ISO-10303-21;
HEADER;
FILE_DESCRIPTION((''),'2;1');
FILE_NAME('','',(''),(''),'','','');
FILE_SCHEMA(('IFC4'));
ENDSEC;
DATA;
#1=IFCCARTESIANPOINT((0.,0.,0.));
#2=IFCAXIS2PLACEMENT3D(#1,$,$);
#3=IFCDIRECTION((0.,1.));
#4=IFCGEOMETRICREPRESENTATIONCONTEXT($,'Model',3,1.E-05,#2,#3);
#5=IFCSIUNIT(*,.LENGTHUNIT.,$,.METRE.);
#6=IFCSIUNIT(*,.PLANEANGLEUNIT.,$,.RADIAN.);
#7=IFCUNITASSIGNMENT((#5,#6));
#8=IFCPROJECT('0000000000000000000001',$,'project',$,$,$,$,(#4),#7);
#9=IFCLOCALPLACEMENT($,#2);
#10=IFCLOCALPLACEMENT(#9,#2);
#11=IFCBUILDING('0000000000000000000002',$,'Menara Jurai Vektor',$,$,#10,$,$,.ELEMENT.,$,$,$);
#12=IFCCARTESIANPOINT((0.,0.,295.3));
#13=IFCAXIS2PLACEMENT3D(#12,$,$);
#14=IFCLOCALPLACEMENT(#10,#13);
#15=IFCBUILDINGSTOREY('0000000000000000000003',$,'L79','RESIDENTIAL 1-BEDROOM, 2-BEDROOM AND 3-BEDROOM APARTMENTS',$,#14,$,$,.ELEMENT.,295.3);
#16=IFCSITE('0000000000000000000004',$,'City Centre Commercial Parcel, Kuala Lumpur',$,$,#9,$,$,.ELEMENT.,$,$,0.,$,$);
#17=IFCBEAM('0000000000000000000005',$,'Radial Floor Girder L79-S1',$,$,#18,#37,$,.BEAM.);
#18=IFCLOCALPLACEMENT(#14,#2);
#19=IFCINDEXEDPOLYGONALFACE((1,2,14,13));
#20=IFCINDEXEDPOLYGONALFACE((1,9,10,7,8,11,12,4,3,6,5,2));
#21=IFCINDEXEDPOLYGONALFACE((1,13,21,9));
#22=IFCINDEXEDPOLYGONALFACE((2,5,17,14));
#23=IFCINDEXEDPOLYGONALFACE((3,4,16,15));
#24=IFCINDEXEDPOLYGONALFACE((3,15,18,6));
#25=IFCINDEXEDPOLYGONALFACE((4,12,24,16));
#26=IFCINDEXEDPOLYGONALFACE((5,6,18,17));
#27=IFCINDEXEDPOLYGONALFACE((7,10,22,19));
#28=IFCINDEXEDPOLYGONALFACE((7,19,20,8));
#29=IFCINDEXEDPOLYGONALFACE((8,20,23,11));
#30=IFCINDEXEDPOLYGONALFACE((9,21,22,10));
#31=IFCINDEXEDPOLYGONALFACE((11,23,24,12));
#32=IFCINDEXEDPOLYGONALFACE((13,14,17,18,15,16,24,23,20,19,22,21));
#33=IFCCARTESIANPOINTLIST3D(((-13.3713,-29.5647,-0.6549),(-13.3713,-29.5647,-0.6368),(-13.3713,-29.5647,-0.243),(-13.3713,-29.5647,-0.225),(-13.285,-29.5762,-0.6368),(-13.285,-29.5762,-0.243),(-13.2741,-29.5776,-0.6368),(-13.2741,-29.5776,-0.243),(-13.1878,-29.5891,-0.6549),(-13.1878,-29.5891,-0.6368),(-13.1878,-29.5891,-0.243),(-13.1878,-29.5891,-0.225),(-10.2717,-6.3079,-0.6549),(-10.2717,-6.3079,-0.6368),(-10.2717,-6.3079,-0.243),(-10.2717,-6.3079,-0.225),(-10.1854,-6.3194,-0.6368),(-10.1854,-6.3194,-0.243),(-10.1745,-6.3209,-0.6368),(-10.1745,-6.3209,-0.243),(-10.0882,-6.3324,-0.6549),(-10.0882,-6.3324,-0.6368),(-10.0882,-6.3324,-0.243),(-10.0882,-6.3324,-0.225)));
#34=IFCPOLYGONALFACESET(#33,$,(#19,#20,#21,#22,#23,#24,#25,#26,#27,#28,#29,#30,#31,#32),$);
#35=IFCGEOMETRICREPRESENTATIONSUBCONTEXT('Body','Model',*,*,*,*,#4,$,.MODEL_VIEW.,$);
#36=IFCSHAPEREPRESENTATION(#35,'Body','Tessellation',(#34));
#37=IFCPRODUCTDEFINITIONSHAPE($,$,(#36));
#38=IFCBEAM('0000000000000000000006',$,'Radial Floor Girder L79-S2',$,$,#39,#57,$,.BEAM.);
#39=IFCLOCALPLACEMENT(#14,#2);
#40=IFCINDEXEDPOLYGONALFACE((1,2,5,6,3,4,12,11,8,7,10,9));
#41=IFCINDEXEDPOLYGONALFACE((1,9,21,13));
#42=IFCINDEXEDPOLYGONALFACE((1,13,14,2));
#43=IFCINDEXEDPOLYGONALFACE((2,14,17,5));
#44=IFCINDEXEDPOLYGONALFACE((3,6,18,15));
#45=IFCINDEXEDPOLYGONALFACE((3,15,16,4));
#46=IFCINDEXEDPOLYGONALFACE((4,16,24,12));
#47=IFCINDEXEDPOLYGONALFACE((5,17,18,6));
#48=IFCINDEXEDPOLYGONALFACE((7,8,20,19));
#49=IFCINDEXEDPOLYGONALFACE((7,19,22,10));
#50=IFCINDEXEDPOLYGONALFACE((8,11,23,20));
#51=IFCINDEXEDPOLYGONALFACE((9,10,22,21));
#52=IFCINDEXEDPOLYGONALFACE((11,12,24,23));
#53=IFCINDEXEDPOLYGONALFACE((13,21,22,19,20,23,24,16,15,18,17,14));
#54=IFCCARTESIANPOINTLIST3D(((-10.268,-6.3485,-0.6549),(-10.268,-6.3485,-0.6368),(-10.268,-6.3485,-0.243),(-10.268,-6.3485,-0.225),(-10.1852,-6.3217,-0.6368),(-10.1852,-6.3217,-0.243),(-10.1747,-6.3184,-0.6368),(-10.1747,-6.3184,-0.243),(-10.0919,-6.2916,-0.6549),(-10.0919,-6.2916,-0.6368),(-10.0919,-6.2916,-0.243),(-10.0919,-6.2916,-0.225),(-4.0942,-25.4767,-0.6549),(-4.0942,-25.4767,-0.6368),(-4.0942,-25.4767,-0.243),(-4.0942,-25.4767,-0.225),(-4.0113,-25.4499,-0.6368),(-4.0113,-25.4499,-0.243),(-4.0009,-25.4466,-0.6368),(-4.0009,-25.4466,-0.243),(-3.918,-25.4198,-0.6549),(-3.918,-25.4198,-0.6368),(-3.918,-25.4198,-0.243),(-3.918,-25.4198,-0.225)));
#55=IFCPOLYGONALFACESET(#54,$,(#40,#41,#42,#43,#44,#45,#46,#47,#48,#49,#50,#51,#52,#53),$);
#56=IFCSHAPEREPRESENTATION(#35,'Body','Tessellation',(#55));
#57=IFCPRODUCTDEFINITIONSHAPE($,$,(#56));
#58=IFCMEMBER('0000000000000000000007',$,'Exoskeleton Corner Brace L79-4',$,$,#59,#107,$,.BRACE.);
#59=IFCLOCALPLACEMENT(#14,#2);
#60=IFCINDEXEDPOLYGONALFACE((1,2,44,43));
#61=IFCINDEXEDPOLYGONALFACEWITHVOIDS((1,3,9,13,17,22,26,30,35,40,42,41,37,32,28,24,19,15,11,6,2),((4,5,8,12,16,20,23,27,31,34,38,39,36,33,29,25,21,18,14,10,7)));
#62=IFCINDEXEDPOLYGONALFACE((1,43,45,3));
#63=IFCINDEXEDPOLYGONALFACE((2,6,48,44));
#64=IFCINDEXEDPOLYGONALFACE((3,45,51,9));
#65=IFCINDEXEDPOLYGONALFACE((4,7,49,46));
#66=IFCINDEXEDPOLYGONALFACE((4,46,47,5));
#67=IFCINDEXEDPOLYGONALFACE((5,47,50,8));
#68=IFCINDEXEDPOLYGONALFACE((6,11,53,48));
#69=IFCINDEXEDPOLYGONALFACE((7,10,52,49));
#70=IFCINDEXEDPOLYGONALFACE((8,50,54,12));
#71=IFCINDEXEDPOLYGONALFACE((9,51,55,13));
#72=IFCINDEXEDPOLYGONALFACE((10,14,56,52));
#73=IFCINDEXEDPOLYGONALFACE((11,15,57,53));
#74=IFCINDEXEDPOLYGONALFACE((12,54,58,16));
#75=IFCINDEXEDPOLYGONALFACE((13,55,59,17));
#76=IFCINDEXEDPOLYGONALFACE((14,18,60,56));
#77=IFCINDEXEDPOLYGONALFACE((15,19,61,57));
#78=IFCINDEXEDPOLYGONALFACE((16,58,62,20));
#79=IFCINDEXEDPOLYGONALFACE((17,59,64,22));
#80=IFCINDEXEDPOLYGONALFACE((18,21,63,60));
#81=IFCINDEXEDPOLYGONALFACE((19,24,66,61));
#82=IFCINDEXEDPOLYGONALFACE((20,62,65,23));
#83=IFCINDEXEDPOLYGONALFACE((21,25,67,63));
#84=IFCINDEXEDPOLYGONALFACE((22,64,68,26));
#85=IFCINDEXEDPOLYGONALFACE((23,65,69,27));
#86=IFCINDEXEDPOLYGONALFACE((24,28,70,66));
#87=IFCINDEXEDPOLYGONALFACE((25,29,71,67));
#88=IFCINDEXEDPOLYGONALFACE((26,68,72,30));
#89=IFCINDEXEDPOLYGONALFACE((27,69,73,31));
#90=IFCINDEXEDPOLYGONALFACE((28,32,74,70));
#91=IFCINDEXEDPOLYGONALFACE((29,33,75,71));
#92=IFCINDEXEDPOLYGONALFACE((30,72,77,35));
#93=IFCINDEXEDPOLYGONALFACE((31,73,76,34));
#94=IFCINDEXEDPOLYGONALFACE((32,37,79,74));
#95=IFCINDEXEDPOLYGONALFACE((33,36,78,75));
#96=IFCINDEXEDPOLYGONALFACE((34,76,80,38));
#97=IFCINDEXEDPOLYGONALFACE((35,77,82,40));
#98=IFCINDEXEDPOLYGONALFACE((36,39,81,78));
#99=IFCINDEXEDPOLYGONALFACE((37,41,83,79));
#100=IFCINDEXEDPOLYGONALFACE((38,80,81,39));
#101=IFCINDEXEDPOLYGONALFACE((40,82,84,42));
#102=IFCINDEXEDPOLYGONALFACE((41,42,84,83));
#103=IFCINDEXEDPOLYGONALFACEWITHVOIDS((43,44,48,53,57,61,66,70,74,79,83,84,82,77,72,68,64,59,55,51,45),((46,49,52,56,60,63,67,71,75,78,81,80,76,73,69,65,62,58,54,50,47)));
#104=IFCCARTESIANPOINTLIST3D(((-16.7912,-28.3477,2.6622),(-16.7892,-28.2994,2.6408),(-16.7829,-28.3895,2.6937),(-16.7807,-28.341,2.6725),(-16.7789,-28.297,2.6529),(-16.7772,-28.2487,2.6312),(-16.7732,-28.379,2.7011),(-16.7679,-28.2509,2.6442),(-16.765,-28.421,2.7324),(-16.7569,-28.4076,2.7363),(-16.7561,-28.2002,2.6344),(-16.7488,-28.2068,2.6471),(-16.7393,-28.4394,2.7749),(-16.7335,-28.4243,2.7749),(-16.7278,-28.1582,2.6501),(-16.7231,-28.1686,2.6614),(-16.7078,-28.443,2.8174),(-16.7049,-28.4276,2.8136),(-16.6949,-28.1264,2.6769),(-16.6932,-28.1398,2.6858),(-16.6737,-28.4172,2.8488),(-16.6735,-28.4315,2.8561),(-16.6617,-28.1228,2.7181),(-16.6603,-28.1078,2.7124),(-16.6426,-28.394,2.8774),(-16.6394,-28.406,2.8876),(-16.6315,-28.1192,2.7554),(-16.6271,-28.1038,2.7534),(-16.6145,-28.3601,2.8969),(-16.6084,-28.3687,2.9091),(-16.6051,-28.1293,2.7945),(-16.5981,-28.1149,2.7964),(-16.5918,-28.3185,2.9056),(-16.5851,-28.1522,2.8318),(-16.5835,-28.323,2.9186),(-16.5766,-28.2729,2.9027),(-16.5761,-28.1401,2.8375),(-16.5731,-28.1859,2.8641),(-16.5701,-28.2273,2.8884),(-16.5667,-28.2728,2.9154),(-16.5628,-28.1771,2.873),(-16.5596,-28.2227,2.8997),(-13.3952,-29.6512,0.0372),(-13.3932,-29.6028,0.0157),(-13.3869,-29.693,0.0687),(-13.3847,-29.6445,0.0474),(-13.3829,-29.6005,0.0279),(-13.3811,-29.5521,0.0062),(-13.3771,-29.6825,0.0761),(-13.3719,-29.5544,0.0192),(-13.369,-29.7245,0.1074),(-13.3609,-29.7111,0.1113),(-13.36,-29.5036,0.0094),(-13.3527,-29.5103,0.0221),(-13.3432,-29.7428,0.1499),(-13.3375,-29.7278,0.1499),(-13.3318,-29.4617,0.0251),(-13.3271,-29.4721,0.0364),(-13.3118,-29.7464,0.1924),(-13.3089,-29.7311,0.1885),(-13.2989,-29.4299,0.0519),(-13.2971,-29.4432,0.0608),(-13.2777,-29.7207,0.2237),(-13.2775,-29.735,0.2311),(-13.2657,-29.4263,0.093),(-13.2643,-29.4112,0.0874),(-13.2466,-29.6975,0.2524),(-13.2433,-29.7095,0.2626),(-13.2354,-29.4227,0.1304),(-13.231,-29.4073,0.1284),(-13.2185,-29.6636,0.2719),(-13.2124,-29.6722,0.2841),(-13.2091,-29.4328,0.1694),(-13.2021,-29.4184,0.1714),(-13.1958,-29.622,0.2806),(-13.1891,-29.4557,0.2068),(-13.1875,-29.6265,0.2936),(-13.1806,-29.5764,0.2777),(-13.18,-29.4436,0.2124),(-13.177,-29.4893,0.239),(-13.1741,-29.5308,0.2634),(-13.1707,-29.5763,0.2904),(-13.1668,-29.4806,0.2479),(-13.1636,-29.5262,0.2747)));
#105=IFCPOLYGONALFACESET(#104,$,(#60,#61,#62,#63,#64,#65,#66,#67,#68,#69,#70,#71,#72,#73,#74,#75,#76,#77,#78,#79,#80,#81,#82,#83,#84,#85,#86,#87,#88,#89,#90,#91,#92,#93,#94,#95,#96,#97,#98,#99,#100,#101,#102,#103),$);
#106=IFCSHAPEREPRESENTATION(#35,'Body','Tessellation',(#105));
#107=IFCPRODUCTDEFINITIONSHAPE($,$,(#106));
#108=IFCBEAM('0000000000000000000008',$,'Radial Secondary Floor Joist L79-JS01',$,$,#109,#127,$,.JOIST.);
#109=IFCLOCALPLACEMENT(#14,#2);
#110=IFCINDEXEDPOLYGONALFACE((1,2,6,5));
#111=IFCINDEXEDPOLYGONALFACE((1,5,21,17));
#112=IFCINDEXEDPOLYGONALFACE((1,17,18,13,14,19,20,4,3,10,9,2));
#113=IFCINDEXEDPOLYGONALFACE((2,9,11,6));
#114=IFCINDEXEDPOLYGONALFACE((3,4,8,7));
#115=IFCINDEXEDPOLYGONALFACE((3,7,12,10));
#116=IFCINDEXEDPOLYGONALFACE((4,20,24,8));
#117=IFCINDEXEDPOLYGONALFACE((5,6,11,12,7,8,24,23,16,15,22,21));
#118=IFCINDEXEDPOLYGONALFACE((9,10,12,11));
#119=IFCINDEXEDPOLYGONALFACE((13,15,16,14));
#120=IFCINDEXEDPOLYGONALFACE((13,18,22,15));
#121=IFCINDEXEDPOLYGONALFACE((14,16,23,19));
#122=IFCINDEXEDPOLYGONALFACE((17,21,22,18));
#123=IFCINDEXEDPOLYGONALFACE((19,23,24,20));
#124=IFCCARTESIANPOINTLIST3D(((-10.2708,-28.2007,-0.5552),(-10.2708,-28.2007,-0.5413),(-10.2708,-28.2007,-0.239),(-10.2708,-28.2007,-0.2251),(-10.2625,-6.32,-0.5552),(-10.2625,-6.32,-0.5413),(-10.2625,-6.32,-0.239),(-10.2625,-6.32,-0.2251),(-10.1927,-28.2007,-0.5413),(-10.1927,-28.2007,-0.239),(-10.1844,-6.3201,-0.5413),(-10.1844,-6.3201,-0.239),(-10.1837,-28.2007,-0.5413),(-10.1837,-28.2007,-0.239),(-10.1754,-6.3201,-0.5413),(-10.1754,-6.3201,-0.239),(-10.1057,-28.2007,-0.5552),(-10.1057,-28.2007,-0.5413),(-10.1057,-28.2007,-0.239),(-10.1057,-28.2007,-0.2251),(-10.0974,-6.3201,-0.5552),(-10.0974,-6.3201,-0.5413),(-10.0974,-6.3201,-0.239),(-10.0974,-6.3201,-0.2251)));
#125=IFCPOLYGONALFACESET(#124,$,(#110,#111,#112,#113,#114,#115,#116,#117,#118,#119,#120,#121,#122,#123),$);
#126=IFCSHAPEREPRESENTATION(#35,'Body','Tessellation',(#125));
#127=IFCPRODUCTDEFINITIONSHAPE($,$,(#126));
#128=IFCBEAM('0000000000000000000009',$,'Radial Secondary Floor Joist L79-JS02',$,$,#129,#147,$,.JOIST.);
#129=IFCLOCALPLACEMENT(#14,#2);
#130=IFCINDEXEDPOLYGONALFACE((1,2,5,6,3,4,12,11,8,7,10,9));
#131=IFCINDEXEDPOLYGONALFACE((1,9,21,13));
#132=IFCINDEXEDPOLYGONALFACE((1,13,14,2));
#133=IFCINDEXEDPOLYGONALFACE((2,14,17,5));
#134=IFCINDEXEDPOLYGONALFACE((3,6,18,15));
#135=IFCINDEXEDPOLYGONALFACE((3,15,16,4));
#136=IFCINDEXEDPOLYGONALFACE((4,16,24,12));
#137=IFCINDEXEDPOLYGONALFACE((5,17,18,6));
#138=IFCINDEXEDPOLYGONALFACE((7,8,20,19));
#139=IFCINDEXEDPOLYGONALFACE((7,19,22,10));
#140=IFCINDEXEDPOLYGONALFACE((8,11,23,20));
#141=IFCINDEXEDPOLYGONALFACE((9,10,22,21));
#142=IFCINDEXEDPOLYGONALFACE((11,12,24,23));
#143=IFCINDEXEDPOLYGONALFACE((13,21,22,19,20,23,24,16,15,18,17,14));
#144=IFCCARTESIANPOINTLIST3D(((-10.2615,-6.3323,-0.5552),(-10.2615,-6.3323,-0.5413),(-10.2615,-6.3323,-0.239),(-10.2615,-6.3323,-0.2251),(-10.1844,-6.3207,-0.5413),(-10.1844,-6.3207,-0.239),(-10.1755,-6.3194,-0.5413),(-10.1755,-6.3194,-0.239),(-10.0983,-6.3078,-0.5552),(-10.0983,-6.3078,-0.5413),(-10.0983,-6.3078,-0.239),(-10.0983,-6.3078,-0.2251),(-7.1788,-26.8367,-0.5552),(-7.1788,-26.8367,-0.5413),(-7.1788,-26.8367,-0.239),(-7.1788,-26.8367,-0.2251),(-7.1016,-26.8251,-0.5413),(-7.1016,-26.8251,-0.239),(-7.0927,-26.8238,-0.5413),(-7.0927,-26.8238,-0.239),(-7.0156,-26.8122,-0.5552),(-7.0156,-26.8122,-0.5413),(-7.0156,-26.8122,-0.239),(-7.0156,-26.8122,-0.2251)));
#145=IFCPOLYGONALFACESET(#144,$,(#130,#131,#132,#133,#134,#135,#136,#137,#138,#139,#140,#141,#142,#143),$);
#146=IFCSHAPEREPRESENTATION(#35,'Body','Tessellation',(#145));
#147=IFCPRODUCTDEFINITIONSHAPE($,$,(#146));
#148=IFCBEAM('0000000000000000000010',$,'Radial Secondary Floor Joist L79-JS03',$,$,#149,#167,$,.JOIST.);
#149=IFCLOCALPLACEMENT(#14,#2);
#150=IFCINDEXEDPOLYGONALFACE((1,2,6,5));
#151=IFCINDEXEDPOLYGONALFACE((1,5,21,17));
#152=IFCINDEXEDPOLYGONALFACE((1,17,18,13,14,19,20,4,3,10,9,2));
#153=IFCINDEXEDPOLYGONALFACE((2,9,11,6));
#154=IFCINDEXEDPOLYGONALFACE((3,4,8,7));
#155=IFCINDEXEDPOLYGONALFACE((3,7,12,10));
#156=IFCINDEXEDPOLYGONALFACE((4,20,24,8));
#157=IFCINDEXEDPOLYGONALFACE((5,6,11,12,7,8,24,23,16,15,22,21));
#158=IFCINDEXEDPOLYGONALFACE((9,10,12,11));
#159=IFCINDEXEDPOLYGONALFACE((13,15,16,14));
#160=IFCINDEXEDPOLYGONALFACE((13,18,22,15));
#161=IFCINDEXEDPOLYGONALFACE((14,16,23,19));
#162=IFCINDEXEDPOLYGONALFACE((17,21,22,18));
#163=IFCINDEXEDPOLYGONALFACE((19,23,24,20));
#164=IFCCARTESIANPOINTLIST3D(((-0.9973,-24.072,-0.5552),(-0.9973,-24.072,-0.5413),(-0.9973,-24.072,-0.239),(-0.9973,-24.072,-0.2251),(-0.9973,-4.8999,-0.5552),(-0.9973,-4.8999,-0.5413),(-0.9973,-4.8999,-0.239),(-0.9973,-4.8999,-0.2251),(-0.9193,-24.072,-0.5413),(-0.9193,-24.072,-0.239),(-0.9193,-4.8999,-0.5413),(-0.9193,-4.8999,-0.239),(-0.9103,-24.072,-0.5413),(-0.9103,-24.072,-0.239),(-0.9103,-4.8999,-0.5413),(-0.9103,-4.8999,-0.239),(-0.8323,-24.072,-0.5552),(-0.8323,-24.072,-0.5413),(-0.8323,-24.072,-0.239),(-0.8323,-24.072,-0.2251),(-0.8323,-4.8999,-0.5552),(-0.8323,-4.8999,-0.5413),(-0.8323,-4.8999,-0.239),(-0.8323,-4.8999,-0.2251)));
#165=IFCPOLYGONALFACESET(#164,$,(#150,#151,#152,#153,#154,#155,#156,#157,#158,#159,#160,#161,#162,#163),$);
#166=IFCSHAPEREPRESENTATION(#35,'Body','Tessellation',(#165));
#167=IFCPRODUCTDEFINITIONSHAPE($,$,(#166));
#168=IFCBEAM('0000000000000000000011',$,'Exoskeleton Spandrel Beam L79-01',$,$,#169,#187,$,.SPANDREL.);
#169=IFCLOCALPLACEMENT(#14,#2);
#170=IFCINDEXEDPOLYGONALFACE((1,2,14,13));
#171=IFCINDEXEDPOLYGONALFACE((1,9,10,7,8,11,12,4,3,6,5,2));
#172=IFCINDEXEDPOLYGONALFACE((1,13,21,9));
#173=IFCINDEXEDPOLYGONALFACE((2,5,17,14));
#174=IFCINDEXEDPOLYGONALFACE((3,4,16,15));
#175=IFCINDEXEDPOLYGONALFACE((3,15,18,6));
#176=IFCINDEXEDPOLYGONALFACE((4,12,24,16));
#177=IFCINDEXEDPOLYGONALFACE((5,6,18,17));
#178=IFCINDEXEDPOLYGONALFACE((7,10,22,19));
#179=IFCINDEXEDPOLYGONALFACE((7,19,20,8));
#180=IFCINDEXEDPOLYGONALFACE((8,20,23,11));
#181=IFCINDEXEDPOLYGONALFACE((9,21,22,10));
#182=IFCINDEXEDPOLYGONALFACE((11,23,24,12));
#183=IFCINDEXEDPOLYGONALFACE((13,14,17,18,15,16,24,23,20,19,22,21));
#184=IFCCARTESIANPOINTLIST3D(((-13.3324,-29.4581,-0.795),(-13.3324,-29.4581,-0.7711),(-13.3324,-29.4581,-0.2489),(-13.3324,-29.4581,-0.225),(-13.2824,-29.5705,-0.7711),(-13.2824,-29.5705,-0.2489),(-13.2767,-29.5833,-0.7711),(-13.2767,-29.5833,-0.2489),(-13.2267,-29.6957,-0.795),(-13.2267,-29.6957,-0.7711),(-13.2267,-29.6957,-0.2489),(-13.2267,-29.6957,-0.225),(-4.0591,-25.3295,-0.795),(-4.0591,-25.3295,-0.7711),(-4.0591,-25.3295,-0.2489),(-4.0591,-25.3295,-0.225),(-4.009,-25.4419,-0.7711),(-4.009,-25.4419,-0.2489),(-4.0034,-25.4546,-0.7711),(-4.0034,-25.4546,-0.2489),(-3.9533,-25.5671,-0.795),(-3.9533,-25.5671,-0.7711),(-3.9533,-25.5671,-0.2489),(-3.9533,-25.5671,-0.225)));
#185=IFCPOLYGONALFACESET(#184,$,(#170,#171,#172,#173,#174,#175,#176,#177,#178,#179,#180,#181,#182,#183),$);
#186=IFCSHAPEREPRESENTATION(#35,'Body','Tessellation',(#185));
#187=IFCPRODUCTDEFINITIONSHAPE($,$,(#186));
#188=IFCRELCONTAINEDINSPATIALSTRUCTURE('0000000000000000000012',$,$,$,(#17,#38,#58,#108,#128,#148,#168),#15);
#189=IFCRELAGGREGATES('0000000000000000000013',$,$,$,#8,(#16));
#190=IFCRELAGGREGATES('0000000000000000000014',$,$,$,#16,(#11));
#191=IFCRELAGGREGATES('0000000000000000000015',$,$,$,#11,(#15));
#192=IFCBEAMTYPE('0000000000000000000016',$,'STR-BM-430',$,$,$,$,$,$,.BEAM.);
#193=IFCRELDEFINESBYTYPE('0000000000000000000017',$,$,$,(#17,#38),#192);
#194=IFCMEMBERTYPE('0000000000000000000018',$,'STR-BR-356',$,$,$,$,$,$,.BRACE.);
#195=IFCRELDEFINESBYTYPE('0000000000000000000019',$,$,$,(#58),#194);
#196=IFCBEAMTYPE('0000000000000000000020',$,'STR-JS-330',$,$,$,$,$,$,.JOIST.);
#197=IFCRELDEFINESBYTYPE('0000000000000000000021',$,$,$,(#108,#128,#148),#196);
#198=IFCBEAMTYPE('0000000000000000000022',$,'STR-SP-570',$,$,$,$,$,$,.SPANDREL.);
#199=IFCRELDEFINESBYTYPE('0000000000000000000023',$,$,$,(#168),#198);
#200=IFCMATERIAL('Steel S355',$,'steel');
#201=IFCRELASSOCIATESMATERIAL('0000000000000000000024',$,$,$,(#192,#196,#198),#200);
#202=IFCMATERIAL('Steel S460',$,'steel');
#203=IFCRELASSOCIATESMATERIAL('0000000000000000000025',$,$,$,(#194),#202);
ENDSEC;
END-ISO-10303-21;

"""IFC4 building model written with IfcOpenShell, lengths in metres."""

from ifc_helpers import new_model, si_unit, direction, frame, origin, origin_2d, place, context, subcontext, project, spatial, hollow_circle, i_section, extrude, material, material_profile, profile_set, type_object, element, save


model = new_model("IFC4")

# Units and contexts
model_context = context("Model", 3, precision=1e-05, world=origin(), true_north=direction((0.0, 1.0)))
body_context = subcontext(model_context, "Body", "Model", "MODEL_VIEW")
ifc_project = project(units=[si_unit("LENGTHUNIT", "METRE"), si_unit("PLANEANGLEUNIT", "RADIAN")], contexts=[model_context])

# Site, building, storey
site_placement = place(None, origin())
site = spatial("IfcSite", under=ifc_project, at=site_placement, Name="City Centre Commercial Parcel, Kuala Lumpur", CompositionType="ELEMENT", RefElevation=0.0)
building_placement = place(site_placement, origin())
building = spatial("IfcBuilding", under=site, at=building_placement, Name="Menara Jurai Vektor", CompositionType="ELEMENT")
storey_placement = place(building_placement, frame((0.0, 0.0, 295.3)))
storey = spatial("IfcBuildingStorey", under=building, at=storey_placement, Name="L79", Description="RESIDENTIAL 1-BEDROOM, 2-BEDROOM AND 3-BEDROOM APARTMENTS", CompositionType="ELEMENT", Elevation=295.3)

# Shared definitions
ifc_material_1 = material(Name="Steel S460", Category="steel")

# Beams
ifc_material_2 = material(Name="Steel S355", Category="steel")
ifc_material_profile_1 = material_profile(ifc_material_2, i_section(OverallWidth=0.1851, OverallDepth=0.4299, WebThickness=0.011, FlangeThickness=0.0181, at=origin_2d()), Name="PG 430x185x76")
ifc_profile_set_1 = profile_set([ifc_material_profile_1], Name="Steel S355")
beam_type_1 = type_object("IfcBeamType", Name="STR-BM-430", PredefinedType="BEAM", material=ifc_profile_set_1)
beam_1_placement = place(storey_placement, frame((-13.2795, -29.5769, -0.4399), z_axis=(0.132109, 0.991235, 0.0), x_axis=(-0.991235, 0.132109, 0.0)))
element("IfcBeam", 1, at=beam_1_placement, inside=storey, type_object=beam_type_1, Name="Radial Floor Girder L79-S1", PredefinedType="BEAM", context=body_context, shape_type="SweptSolid", body=[
    extrude(i_section(OverallWidth=0.1851, OverallDepth=0.4299, WebThickness=0.011, FlangeThickness=0.0181, at=origin_2d()), origin(), (0.0, 0.0, 1.0), 23.4624),
])
beam_2_placement = place(storey_placement, frame((-4.0061, -25.4482, -0.4399), z_axis=(-0.307158, 0.951658, 0.0), x_axis=(-0.951658, -0.307158, 0.0)))
element("IfcBeam", 2, at=beam_2_placement, inside=storey, type_object=beam_type_1, Name="Radial Floor Girder L79-S2", PredefinedType="BEAM", context=body_context, shape_type="SweptSolid", body=[
    extrude(i_section(OverallWidth=0.1851, OverallDepth=0.4299, WebThickness=0.011, FlangeThickness=0.0181, at=origin_2d()), origin(), (0.0, 0.0, 1.0), 20.0999),
])

# Member
ifc_material_profile_2 = material_profile(ifc_material_1, hollow_circle(Radius=0.1777, WallThickness=0.0161, at=origin_2d()), Name="CHS 355.6x16")
ifc_profile_set_2 = profile_set([ifc_material_profile_2], Name="Steel S460")
member_type_1 = type_object("IfcMemberType", Name="STR-BR-356", PredefinedType="BRACE", material=ifc_profile_set_2)
member_1_placement = place(storey_placement, frame((-13.2795, -29.5769, 0.1499), z_axis=(-0.757054, 0.290576, 0.585179), x_axis=(-0.358336, -0.933593, 0.0)))
element("IfcMember", 3, at=member_1_placement, inside=storey, type_object=member_type_1, Name="Exoskeleton Corner Brace L79-4", PredefinedType="BRACE", context=body_context, shape_type="SweptSolid", body=[
    extrude(hollow_circle(Radius=0.1777, WallThickness=0.0161, at=origin_2d()), origin(), (0.0, 0.0, 1.0), 4.4858),
])

# Beams
ifc_material_profile_3 = material_profile(ifc_material_2, i_section(OverallWidth=0.165, OverallDepth=0.3301, WebThickness=0.009, FlangeThickness=0.0139, at=origin_2d()), Name="PG 330x165x46")
ifc_profile_set_3 = profile_set([ifc_material_profile_3], Name="Steel S355")
beam_type_2 = type_object("IfcBeamType", Name="STR-JS-330", PredefinedType="JOIST", material=ifc_profile_set_3)
beam_3_placement = place(storey_placement, frame((-10.1882, -28.2007, -0.3901), z_axis=(0.000379, 1.0, 0.0), x_axis=(-1.0, 0.000379, 0.0)))
element("IfcBeam", 4, at=beam_3_placement, inside=storey, type_object=beam_type_2, Name="Radial Secondary Floor Joist L79-JS01", PredefinedType="JOIST", context=body_context, shape_type="SweptSolid", body=[
    extrude(i_section(OverallWidth=0.165, OverallDepth=0.3301, WebThickness=0.009, FlangeThickness=0.0139, at=origin_2d()), origin(), (0.0, 0.0, 1.0), 21.8806),
])
beam_4_placement = place(storey_placement, frame((-7.0972, -26.8245, -0.3901), z_axis=(-0.148676, 0.988886, 0.0), x_axis=(-0.988886, -0.148676, 0.0)))
element("IfcBeam", 5, at=beam_4_placement, inside=storey, type_object=beam_type_2, Name="Radial Secondary Floor Joist L79-JS02", PredefinedType="JOIST", context=body_context, shape_type="SweptSolid", body=[
    extrude(i_section(OverallWidth=0.165, OverallDepth=0.3301, WebThickness=0.009, FlangeThickness=0.0139, at=origin_2d()), origin(), (0.0, 0.0, 1.0), 20.7349),
])
beam_5_placement = place(storey_placement, frame((-0.9148, -24.072, -0.3901), z_axis=(0.0, 1.0, 0.0), x_axis=(-1.0, 0.0, 0.0)))
element("IfcBeam", 6, at=beam_5_placement, inside=storey, type_object=beam_type_2, Name="Radial Secondary Floor Joist L79-JS03", PredefinedType="JOIST", context=body_context, shape_type="SweptSolid", body=[
    extrude(i_section(OverallWidth=0.165, OverallDepth=0.3301, WebThickness=0.009, FlangeThickness=0.0139, at=origin_2d()), origin(), (0.0, 0.0, 1.0), 19.1721),
])
ifc_material_profile_4 = material_profile(ifc_material_2, i_section(OverallWidth=0.26, OverallDepth=0.5701, WebThickness=0.0139, FlangeThickness=0.0239, at=origin_2d()), Name="PG 570x260x145")
ifc_profile_set_4 = profile_set([ifc_material_profile_4], Name="Steel S355")
beam_type_3 = type_object("IfcBeamType", Name="STR-SP-570", PredefinedType="SPANDREL", material=ifc_profile_set_4)
beam_6_placement = place(storey_placement, frame((-13.2795, -29.5769, -0.51), z_axis=(0.913551, 0.406725, 0.0), x_axis=(-0.406725, 0.913551, 0.0)))
element("IfcBeam", 7, at=beam_6_placement, inside=storey, type_object=beam_type_3, Name="Exoskeleton Spandrel Beam L79-01", PredefinedType="SPANDREL", context=body_context, shape_type="SweptSolid", body=[
    extrude(i_section(OverallWidth=0.26, OverallDepth=0.5701, WebThickness=0.0139, FlangeThickness=0.0239, at=origin_2d()), origin(), (0.0, 0.0, 1.0), 10.1509),
])

save(model, "model.ifc")
